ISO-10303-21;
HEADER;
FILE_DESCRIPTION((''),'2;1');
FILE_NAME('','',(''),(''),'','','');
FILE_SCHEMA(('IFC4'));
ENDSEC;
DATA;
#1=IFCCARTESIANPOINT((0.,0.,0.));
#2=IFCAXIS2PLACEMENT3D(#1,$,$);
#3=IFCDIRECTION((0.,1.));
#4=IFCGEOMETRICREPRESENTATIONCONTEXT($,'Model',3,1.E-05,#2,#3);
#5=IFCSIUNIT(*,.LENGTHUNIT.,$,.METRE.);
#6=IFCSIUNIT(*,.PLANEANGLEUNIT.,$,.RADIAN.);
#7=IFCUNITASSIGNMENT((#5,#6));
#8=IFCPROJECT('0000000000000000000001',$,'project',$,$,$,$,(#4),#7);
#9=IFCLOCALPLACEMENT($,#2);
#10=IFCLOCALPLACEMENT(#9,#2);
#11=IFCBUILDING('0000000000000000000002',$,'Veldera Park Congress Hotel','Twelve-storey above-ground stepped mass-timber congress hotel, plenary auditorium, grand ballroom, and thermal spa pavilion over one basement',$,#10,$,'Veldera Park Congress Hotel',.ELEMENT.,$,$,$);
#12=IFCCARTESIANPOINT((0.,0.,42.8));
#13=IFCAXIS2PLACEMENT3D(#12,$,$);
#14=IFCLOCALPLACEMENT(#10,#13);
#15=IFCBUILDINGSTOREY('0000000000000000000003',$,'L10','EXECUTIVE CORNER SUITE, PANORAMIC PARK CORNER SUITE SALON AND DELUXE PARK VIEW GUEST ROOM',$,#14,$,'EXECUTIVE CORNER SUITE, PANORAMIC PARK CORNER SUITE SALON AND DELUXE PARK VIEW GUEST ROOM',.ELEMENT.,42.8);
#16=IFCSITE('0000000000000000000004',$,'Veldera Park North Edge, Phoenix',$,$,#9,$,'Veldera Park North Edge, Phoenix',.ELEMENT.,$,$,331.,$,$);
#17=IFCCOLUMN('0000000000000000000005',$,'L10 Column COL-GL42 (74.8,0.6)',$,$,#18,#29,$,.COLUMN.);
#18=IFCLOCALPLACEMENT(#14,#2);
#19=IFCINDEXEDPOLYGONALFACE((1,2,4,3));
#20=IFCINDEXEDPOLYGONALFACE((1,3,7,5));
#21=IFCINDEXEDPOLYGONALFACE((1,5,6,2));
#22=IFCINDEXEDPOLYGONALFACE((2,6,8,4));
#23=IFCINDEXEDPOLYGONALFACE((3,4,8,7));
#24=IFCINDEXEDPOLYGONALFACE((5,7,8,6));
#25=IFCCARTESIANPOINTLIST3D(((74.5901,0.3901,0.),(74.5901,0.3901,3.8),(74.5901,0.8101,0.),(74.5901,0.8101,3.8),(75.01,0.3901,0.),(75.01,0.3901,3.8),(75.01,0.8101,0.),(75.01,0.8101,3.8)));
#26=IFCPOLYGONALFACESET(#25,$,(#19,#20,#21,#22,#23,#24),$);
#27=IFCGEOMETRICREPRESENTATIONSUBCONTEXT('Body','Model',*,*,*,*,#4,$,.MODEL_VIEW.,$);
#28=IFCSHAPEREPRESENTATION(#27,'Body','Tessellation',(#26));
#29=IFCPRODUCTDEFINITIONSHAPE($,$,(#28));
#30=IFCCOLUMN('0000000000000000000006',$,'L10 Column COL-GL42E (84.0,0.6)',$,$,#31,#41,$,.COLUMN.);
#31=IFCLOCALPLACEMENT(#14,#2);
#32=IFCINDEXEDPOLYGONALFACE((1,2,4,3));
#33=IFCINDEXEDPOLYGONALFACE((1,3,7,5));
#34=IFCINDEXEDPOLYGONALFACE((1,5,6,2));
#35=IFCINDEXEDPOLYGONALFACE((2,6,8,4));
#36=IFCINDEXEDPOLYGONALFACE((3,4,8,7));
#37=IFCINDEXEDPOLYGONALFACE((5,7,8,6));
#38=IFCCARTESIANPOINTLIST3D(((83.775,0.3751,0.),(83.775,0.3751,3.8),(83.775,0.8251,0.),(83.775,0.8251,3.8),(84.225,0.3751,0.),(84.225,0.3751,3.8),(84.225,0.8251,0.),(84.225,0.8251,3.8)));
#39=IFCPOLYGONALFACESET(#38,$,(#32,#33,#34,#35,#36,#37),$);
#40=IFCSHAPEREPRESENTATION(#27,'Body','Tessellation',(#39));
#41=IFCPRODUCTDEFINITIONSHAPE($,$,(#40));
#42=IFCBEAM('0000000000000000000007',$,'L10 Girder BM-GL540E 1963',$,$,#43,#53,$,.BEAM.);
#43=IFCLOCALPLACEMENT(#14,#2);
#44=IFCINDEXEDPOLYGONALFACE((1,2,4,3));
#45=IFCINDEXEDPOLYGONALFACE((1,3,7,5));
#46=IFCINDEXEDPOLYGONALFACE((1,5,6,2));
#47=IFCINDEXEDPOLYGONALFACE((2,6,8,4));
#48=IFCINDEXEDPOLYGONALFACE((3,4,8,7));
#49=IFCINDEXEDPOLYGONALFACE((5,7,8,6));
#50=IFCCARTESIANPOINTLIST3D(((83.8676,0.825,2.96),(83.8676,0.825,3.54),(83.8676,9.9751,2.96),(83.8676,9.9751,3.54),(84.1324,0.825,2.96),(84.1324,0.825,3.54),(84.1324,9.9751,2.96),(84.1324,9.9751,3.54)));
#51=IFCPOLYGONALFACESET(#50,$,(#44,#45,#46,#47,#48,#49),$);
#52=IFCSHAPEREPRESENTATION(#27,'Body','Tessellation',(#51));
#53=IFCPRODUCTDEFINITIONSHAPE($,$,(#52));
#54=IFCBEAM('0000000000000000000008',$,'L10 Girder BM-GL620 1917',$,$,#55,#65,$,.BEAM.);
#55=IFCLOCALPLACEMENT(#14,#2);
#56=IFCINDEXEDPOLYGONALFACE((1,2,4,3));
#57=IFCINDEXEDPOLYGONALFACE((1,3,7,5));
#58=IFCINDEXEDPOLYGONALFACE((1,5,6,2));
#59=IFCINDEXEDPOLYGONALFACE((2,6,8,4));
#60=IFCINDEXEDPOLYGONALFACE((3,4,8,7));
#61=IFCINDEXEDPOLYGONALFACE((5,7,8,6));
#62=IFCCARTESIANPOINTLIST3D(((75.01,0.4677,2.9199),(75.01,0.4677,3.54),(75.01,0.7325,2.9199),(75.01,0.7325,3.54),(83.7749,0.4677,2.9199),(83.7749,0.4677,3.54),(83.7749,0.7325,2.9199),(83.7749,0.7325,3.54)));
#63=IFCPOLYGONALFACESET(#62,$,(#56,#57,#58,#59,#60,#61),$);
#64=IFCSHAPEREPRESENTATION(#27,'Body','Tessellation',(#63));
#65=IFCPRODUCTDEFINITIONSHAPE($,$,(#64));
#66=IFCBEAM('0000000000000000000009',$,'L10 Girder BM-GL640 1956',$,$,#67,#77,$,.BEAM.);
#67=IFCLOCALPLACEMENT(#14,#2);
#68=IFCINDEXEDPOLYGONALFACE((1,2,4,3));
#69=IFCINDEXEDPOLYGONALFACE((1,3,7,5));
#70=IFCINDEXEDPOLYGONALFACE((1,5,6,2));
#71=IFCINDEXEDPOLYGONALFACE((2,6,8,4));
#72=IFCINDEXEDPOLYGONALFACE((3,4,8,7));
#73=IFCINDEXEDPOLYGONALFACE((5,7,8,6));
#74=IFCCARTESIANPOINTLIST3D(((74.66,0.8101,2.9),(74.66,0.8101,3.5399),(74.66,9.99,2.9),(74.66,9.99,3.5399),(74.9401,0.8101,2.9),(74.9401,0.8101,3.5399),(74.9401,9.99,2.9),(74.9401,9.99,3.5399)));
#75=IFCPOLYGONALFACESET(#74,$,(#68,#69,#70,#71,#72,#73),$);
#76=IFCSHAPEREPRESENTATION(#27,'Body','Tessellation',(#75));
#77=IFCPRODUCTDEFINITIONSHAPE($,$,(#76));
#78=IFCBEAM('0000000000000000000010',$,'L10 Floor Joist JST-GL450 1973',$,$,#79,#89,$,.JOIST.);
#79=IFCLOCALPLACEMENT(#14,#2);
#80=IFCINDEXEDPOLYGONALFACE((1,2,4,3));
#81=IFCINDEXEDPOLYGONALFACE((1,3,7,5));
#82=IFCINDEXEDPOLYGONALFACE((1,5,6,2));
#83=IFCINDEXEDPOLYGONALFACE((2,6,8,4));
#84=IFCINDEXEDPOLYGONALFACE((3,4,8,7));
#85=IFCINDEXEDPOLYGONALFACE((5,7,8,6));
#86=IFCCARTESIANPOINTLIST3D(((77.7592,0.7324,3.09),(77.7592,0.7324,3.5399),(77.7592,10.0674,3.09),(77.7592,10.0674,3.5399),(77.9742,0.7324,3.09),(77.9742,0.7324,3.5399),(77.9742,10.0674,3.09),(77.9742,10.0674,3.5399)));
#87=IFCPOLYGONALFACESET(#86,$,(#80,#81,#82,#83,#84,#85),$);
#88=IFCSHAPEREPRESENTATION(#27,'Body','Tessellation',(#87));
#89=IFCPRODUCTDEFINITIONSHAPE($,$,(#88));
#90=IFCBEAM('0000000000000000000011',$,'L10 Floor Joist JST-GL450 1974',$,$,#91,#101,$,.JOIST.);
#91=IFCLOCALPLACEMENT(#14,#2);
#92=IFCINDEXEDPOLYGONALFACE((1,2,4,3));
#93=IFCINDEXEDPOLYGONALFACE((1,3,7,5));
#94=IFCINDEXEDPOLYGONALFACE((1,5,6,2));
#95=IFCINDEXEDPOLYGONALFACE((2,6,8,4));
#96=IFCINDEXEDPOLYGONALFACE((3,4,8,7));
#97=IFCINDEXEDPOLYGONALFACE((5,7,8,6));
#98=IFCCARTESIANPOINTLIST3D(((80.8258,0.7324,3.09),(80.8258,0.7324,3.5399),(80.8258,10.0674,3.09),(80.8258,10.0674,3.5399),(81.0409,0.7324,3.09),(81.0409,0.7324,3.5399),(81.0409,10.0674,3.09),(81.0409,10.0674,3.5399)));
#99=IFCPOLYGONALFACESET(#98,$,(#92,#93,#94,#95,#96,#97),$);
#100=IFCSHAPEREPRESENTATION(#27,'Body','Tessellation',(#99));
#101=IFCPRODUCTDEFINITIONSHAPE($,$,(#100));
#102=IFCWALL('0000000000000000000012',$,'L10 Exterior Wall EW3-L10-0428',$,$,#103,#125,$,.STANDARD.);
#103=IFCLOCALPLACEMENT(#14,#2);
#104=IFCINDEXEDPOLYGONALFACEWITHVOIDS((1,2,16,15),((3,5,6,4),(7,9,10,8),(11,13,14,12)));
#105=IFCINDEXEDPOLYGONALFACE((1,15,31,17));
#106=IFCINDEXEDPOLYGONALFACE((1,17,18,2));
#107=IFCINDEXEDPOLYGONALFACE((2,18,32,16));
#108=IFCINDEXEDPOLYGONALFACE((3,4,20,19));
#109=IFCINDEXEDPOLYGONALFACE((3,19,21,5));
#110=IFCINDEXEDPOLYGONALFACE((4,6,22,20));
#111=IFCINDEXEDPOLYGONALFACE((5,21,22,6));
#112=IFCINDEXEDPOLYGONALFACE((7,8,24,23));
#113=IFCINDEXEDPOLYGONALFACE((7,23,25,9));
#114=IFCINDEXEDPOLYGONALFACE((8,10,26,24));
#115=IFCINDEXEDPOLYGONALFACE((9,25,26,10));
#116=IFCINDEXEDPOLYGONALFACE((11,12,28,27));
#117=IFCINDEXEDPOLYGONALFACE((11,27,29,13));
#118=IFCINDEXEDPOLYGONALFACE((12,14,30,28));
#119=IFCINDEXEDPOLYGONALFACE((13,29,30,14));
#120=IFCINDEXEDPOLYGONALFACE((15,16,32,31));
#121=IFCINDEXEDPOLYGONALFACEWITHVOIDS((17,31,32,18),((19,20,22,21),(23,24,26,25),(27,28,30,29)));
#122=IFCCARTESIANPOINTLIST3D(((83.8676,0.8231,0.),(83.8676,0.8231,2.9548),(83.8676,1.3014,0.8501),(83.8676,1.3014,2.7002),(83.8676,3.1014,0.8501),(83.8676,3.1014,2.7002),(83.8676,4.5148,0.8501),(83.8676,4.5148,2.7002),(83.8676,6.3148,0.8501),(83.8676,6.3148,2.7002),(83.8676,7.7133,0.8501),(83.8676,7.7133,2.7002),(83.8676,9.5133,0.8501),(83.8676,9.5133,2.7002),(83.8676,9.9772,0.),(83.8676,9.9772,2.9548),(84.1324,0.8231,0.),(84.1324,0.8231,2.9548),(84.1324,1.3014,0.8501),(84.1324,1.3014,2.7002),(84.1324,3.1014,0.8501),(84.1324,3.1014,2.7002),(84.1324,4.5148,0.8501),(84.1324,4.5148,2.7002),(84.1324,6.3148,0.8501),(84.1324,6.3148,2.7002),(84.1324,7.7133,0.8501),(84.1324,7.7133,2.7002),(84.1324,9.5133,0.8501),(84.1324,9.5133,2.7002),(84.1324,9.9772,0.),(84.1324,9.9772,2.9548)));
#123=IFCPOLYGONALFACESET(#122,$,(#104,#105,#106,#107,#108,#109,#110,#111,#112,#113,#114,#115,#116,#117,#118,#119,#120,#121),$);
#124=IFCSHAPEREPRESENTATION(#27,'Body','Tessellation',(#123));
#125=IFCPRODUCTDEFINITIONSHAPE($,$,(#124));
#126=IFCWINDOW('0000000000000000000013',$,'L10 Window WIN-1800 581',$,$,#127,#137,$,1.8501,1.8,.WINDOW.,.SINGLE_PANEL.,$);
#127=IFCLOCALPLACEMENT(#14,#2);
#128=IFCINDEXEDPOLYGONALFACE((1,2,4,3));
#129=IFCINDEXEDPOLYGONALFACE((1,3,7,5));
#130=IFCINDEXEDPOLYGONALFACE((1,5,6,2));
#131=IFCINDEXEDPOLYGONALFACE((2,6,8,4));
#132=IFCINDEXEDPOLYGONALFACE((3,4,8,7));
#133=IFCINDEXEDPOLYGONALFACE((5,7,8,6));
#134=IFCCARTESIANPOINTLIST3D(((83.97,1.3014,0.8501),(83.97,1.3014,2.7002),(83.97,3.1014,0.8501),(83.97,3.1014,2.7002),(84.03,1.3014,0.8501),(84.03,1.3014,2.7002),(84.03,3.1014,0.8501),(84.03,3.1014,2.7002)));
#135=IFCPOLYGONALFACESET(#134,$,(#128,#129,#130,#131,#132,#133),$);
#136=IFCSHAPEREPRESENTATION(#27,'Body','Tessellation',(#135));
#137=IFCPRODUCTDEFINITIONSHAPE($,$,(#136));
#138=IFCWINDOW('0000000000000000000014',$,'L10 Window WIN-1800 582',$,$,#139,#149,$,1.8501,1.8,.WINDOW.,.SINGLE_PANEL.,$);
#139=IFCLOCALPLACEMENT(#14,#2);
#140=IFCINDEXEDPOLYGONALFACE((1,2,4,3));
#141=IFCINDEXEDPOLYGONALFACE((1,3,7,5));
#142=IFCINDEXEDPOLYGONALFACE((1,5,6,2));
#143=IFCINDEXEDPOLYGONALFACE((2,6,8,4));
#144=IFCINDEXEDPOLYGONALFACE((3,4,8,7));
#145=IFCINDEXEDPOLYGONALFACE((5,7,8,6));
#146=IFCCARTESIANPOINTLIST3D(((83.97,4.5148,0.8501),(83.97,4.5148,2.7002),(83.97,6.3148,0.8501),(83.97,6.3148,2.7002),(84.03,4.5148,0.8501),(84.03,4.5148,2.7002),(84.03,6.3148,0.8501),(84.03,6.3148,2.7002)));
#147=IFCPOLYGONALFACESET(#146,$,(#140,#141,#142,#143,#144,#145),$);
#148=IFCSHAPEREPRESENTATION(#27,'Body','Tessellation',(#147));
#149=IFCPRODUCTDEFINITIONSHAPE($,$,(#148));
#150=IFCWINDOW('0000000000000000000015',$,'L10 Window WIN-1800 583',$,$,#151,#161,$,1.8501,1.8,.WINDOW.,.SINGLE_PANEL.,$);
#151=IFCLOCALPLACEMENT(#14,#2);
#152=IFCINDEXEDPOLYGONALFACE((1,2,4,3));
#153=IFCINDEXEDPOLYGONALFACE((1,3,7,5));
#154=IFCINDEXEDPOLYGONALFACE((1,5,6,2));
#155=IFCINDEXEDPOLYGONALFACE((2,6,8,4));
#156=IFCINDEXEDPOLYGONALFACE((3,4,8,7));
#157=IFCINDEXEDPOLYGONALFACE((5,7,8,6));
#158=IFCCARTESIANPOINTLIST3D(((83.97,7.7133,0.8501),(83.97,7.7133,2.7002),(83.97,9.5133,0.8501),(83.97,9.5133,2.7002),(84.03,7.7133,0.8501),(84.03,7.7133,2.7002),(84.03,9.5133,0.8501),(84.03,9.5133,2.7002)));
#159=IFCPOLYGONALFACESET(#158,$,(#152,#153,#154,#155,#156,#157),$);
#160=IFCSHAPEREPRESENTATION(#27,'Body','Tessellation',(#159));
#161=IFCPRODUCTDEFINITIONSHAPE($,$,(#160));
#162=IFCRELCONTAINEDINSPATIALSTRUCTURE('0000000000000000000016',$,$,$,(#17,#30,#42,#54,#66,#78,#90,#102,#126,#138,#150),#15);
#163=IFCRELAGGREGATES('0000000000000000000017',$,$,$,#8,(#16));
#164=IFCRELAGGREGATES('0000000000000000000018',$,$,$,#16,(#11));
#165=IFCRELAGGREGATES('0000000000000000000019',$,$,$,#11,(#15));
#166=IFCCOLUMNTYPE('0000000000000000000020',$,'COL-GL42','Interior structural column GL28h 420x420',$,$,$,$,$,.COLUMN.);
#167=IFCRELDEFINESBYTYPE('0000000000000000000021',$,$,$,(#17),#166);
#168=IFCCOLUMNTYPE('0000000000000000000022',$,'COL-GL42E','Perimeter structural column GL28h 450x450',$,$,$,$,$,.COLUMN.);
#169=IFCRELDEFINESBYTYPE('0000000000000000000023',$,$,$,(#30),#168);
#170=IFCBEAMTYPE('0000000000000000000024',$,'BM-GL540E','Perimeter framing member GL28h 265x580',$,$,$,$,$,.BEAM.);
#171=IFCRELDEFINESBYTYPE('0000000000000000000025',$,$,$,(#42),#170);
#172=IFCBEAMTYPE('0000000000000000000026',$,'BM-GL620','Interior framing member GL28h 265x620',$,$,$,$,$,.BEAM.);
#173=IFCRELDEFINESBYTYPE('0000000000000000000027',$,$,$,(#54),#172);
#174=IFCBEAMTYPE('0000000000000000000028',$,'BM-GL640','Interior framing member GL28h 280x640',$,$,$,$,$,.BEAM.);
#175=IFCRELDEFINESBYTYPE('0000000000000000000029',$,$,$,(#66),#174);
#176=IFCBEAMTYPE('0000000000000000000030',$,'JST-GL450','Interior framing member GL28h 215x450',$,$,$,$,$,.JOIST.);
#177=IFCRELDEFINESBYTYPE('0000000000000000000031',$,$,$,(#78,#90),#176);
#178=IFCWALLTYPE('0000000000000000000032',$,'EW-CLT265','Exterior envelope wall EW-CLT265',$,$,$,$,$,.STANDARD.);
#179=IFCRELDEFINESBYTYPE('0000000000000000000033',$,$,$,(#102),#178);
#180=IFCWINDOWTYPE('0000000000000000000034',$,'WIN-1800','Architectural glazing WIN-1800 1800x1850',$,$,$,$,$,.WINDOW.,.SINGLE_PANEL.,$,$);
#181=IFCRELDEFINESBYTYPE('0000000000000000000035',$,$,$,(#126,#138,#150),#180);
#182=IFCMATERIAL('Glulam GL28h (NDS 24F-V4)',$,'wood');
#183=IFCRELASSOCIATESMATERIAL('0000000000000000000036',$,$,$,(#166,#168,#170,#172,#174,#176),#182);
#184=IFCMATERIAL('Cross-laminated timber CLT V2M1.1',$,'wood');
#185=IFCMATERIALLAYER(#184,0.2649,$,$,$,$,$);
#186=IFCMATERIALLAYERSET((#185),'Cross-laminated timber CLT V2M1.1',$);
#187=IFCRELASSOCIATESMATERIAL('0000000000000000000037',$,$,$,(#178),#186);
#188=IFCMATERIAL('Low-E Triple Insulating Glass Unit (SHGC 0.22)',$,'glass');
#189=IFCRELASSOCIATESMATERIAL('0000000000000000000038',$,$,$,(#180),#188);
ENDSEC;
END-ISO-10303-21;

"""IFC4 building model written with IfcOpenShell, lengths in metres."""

from ifc_helpers import new_model, si_unit, direction, frame, frame_2d, origin, origin_2d, place, context, subcontext, project, spatial, rectangle, extrude, material, layer, layer_set, material_profile, profile_set, type_object, element, fill, save


model = new_model("IFC4")

# Units and contexts
model_context = context("Model", 3, precision=1e-05, world=origin(), true_north=direction((0.0, 1.0)))
body_context = subcontext(model_context, "Body", "Model", "MODEL_VIEW")
ifc_project = project(units=[si_unit("LENGTHUNIT", "METRE"), si_unit("PLANEANGLEUNIT", "RADIAN")], contexts=[model_context])

# Site, building, storey
site_placement = place(None, origin())
site = spatial("IfcSite", under=ifc_project, at=site_placement, Name="Veldera Park North Edge, Phoenix", LongName="Veldera Park North Edge, Phoenix", CompositionType="ELEMENT", RefElevation=331.0)
building_placement = place(site_placement, origin())
building = spatial("IfcBuilding", under=site, at=building_placement, Name="Veldera Park Congress Hotel", Description="Twelve-storey above-ground stepped mass-timber congress hotel, plenary auditorium, grand ballroom, and thermal spa pavilion over one basement", LongName="Veldera Park Congress Hotel", CompositionType="ELEMENT")
storey_placement = place(building_placement, frame((0.0, 0.0, 42.8)))
storey = spatial("IfcBuildingStorey", under=building, at=storey_placement, Name="L10", Description="EXECUTIVE CORNER SUITE, PANORAMIC PARK CORNER SUITE SALON AND DELUXE PARK VIEW GUEST ROOM", LongName="EXECUTIVE CORNER SUITE, PANORAMIC PARK CORNER SUITE SALON AND DELUXE PARK VIEW GUEST ROOM", CompositionType="ELEMENT", Elevation=42.8)

# Columns
ifc_material_1 = material(Name="Glulam GL28h (NDS 24F-V4)", Category="wood")
ifc_material_profile_1 = material_profile(ifc_material_1, rectangle(XDim=0.4199, YDim=0.4199, at=origin_2d()), Name="GL28h 420x420")
ifc_profile_set_1 = profile_set([ifc_material_profile_1], Name="Glulam GL28h (NDS 24F-V4)")
column_type_1 = type_object("IfcColumnType", Name="COL-GL42", Description="Interior structural column GL28h 420x420", PredefinedType="COLUMN", material=ifc_profile_set_1)
column_1_placement = place(storey_placement, frame((74.8, 0.6001, 0.0), z_axis=(0.0, 0.0, 1.0), x_axis=(1.0, 0.0, 0.0)))
element("IfcColumn", 1, at=column_1_placement, inside=storey, type_object=column_type_1, Name="L10 Column COL-GL42 (74.8,0.6)", PredefinedType="COLUMN", context=body_context, shape_type="SweptSolid", body=[
    extrude(rectangle(XDim=0.4199, YDim=0.4199, at=origin_2d()), origin(), (0.0, 0.0, 1.0), 3.8),
])
ifc_material_profile_2 = material_profile(ifc_material_1, rectangle(XDim=0.45, YDim=0.45, at=origin_2d()), Name="GL28h 450x450")
ifc_profile_set_2 = profile_set([ifc_material_profile_2], Name="Glulam GL28h (NDS 24F-V4)")
column_type_2 = type_object("IfcColumnType", Name="COL-GL42E", Description="Perimeter structural column GL28h 450x450", PredefinedType="COLUMN", material=ifc_profile_set_2)
column_2_placement = place(storey_placement, frame((84.0, 0.6001, 0.0), z_axis=(0.0, 0.0, 1.0), x_axis=(1.0, 0.0, 0.0)))
element("IfcColumn", 2, at=column_2_placement, inside=storey, type_object=column_type_2, Name="L10 Column COL-GL42E (84.0,0.6)", PredefinedType="COLUMN", context=body_context, shape_type="SweptSolid", body=[
    extrude(rectangle(XDim=0.45, YDim=0.45, at=origin_2d()), origin(), (0.0, 0.0, 1.0), 3.8),
])

# Beams
ifc_material_profile_3 = material_profile(ifc_material_1, rectangle(XDim=0.2649, YDim=0.5801, at=origin_2d()), Name="GL28h 265x580")
ifc_profile_set_3 = profile_set([ifc_material_profile_3], Name="Glulam GL28h (NDS 24F-V4)")
beam_type_1 = type_object("IfcBeamType", Name="BM-GL540E", Description="Perimeter framing member GL28h 265x580", PredefinedType="BEAM", material=ifc_profile_set_3)
beam_1_placement = place(storey_placement, frame((84.0, 0.825, 3.25), z_axis=(0.0, 1.0, 0.0), x_axis=(-1.0, 0.0, 0.0)))
element("IfcBeam", 3, at=beam_1_placement, inside=storey, type_object=beam_type_1, Name="L10 Girder BM-GL540E 1963", PredefinedType="BEAM", context=body_context, shape_type="SweptSolid", body=[
    extrude(rectangle(XDim=0.2649, YDim=0.5801, at=origin_2d()), origin(), (0.0, 0.0, 1.0), 9.1501),
])
ifc_material_profile_4 = material_profile(ifc_material_1, rectangle(XDim=0.2649, YDim=0.6201, at=origin_2d()), Name="GL28h 265x620")
ifc_profile_set_4 = profile_set([ifc_material_profile_4], Name="Glulam GL28h (NDS 24F-V4)")
beam_type_2 = type_object("IfcBeamType", Name="BM-GL620", Description="Interior framing member GL28h 265x620", PredefinedType="BEAM", material=ifc_profile_set_4)
beam_2_placement = place(storey_placement, frame((75.01, 0.6001, 3.23), z_axis=(1.0, 0.0, 0.0), x_axis=(0.0, 1.0, 0.0)))
element("IfcBeam", 4, at=beam_2_placement, inside=storey, type_object=beam_type_2, Name="L10 Girder BM-GL620 1917", PredefinedType="BEAM", context=body_context, shape_type="SweptSolid", body=[
    extrude(rectangle(XDim=0.2649, YDim=0.6201, at=origin_2d()), origin(), (0.0, 0.0, 1.0), 8.7649),
])
ifc_material_profile_5 = material_profile(ifc_material_1, rectangle(XDim=0.28, YDim=0.6399, at=origin_2d()), Name="GL28h 280x640")
ifc_profile_set_5 = profile_set([ifc_material_profile_5], Name="Glulam GL28h (NDS 24F-V4)")
beam_type_3 = type_object("IfcBeamType", Name="BM-GL640", Description="Interior framing member GL28h 280x640", PredefinedType="BEAM", material=ifc_profile_set_5)
beam_3_placement = place(storey_placement, frame((74.8, 0.8101, 3.22), z_axis=(0.0, 1.0, 0.0), x_axis=(-1.0, 0.0, 0.0)))
element("IfcBeam", 5, at=beam_3_placement, inside=storey, type_object=beam_type_3, Name="L10 Girder BM-GL640 1956", PredefinedType="BEAM", context=body_context, shape_type="SweptSolid", body=[
    extrude(rectangle(XDim=0.28, YDim=0.6399, at=origin_2d()), origin(), (0.0, 0.0, 1.0), 9.1799),
])
ifc_material_profile_6 = material_profile(ifc_material_1, rectangle(XDim=0.2151, YDim=0.45, at=origin_2d()), Name="GL28h 215x450")
ifc_profile_set_6 = profile_set([ifc_material_profile_6], Name="Glulam GL28h (NDS 24F-V4)")
beam_type_4 = type_object("IfcBeamType", Name="JST-GL450", Description="Interior framing member GL28h 215x450", PredefinedType="JOIST", material=ifc_profile_set_6)
for number, where, z_axis, x_axis, name in (
    (6, (77.8667, 0.7324, 3.3149), (0.0, 1.0, 0.0), (-1.0, 0.0, 0.0), "L10 Floor Joist JST-GL450 1973"),
    (7, (80.9333, 0.7324, 3.3149), (0.0, 1.0, 0.0), (-1.0, 0.0, 0.0), "L10 Floor Joist JST-GL450 1974"),
):
    element("IfcBeam", number, at=place(storey_placement, frame(where, z_axis=z_axis, x_axis=x_axis)), inside=storey, type_object=beam_type_4, Name=name, PredefinedType="JOIST", context=body_context, shape_type="SweptSolid", body=[
        extrude(rectangle(XDim=0.2151, YDim=0.45, at=origin_2d()), origin(), (0.0, 0.0, 1.0), 9.335),
    ])

# Wall, openings, windows
ifc_material_2 = material(Name="Cross-laminated timber CLT V2M1.1", Category="wood")
ifc_layer_1 = layer(ifc_material_2, 0.2649)
ifc_layer_set_1 = layer_set([ifc_layer_1], Name="Cross-laminated timber CLT V2M1.1")
wall_type_1 = type_object("IfcWallType", Name="EW-CLT265", Description="Exterior envelope wall EW-CLT265", PredefinedType="STANDARD", material=ifc_layer_set_1)
wall_1_placement = place(storey_placement, frame((84.0, 0.823, 0.0), z_axis=(0.0, 0.0, 1.0), x_axis=(0.0, 1.0, 0.0)))
wall_1 = element("IfcWall", 8, at=wall_1_placement, inside=storey, type_object=wall_type_1, Name="L10 Exterior Wall EW3-L10-0428", PredefinedType="STANDARD", context=body_context, shape_type="SweptSolid", body=[
    extrude(rectangle(XDim=9.1541, YDim=0.2649, at=frame_2d((4.5771, 0.0))), origin(), (0.0, 0.0, 1.0), 2.9548),
])
opening_1_placement = place(wall_1_placement, frame((0.4785, 0.0, 0.8501)))
opening_1 = element("IfcOpeningElement", 9, at=opening_1_placement, cuts=wall_1, PredefinedType="OPENING", context=body_context, shape_type="SweptSolid", body=[
    extrude(rectangle(XDim=1.8, YDim=1.8501, at=frame_2d((0.8999, 0.925))), frame((0.0, 0.1445, 0.0), z_axis=(0.0, -1.0, 0.0), x_axis=(1.0, 0.0, 0.0)), (0.0, 0.0, 1.0), 0.2888),
])
opening_2_placement = place(wall_1_placement, frame((3.6919, 0.0, 0.8501)))
opening_2 = element("IfcOpeningElement", 10, at=opening_2_placement, cuts=wall_1, PredefinedType="OPENING", context=body_context, shape_type="SweptSolid", body=[
    extrude(rectangle(XDim=1.8, YDim=1.8501, at=frame_2d((0.8999, 0.925))), frame((0.0, 0.1445, 0.0), z_axis=(0.0, -1.0, 0.0), x_axis=(1.0, 0.0, 0.0)), (0.0, 0.0, 1.0), 0.2888),
])
opening_3_placement = place(wall_1_placement, frame((6.8904, 0.0, 0.8501)))
opening_3 = element("IfcOpeningElement", 11, at=opening_3_placement, cuts=wall_1, PredefinedType="OPENING", context=body_context, shape_type="SweptSolid", body=[
    extrude(rectangle(XDim=1.8, YDim=1.8501, at=frame_2d((0.8999, 0.925))), frame((0.0, 0.1445, 0.0), z_axis=(0.0, -1.0, 0.0), x_axis=(1.0, 0.0, 0.0)), (0.0, 0.0, 1.0), 0.2888),
])
ifc_material_3 = material(Name="Low-E Triple Insulating Glass Unit (SHGC 0.22)", Category="glass")
window_type = type_object("IfcWindowType", Name="WIN-1800", Description="Architectural glazing WIN-1800 1800x1850", PartitioningType="SINGLE_PANEL", PredefinedType="WINDOW", material=ifc_material_3)
window_1_placement = place(opening_1_placement, origin())
window_1 = element("IfcWindow", 12, at=window_1_placement, inside=storey, type_object=window_type, Name="L10 Window WIN-1800 581", OverallHeight=1.8501, OverallWidth=1.8, PartitioningType="SINGLE_PANEL", PredefinedType="WINDOW", context=body_context, shape_type="SweptSolid", body=[
    extrude(rectangle(XDim=1.8, YDim=1.8501, at=frame_2d((0.8999, 0.925))), frame((0.0, 0.03, 0.0), z_axis=(0.0, -1.0, 0.0), x_axis=(1.0, 0.0, 0.0)), (0.0, 0.0, 1.0), 0.0601),
])
fill(opening_1, window_1)
window_2_placement = place(opening_2_placement, origin())
window_2 = element("IfcWindow", 13, at=window_2_placement, inside=storey, type_object=window_type, Name="L10 Window WIN-1800 582", OverallHeight=1.8501, OverallWidth=1.8, PartitioningType="SINGLE_PANEL", PredefinedType="WINDOW", context=body_context, shape_type="SweptSolid", body=[
    extrude(rectangle(XDim=1.8, YDim=1.8501, at=frame_2d((0.8999, 0.925))), frame((0.0, 0.03, 0.0), z_axis=(0.0, -1.0, 0.0), x_axis=(1.0, 0.0, 0.0)), (0.0, 0.0, 1.0), 0.0601),
])
fill(opening_2, window_2)
window_3_placement = place(opening_3_placement, origin())
window_3 = element("IfcWindow", 14, at=window_3_placement, inside=storey, type_object=window_type, Name="L10 Window WIN-1800 583", OverallHeight=1.8501, OverallWidth=1.8, PartitioningType="SINGLE_PANEL", PredefinedType="WINDOW", context=body_context, shape_type="SweptSolid", body=[
    extrude(rectangle(XDim=1.8, YDim=1.8501, at=frame_2d((0.8999, 0.925))), frame((0.0, 0.03, 0.0), z_axis=(0.0, -1.0, 0.0), x_axis=(1.0, 0.0, 0.0)), (0.0, 0.0, 1.0), 0.0601),
])
fill(opening_3, window_3)

save(model, "model.ifc")
